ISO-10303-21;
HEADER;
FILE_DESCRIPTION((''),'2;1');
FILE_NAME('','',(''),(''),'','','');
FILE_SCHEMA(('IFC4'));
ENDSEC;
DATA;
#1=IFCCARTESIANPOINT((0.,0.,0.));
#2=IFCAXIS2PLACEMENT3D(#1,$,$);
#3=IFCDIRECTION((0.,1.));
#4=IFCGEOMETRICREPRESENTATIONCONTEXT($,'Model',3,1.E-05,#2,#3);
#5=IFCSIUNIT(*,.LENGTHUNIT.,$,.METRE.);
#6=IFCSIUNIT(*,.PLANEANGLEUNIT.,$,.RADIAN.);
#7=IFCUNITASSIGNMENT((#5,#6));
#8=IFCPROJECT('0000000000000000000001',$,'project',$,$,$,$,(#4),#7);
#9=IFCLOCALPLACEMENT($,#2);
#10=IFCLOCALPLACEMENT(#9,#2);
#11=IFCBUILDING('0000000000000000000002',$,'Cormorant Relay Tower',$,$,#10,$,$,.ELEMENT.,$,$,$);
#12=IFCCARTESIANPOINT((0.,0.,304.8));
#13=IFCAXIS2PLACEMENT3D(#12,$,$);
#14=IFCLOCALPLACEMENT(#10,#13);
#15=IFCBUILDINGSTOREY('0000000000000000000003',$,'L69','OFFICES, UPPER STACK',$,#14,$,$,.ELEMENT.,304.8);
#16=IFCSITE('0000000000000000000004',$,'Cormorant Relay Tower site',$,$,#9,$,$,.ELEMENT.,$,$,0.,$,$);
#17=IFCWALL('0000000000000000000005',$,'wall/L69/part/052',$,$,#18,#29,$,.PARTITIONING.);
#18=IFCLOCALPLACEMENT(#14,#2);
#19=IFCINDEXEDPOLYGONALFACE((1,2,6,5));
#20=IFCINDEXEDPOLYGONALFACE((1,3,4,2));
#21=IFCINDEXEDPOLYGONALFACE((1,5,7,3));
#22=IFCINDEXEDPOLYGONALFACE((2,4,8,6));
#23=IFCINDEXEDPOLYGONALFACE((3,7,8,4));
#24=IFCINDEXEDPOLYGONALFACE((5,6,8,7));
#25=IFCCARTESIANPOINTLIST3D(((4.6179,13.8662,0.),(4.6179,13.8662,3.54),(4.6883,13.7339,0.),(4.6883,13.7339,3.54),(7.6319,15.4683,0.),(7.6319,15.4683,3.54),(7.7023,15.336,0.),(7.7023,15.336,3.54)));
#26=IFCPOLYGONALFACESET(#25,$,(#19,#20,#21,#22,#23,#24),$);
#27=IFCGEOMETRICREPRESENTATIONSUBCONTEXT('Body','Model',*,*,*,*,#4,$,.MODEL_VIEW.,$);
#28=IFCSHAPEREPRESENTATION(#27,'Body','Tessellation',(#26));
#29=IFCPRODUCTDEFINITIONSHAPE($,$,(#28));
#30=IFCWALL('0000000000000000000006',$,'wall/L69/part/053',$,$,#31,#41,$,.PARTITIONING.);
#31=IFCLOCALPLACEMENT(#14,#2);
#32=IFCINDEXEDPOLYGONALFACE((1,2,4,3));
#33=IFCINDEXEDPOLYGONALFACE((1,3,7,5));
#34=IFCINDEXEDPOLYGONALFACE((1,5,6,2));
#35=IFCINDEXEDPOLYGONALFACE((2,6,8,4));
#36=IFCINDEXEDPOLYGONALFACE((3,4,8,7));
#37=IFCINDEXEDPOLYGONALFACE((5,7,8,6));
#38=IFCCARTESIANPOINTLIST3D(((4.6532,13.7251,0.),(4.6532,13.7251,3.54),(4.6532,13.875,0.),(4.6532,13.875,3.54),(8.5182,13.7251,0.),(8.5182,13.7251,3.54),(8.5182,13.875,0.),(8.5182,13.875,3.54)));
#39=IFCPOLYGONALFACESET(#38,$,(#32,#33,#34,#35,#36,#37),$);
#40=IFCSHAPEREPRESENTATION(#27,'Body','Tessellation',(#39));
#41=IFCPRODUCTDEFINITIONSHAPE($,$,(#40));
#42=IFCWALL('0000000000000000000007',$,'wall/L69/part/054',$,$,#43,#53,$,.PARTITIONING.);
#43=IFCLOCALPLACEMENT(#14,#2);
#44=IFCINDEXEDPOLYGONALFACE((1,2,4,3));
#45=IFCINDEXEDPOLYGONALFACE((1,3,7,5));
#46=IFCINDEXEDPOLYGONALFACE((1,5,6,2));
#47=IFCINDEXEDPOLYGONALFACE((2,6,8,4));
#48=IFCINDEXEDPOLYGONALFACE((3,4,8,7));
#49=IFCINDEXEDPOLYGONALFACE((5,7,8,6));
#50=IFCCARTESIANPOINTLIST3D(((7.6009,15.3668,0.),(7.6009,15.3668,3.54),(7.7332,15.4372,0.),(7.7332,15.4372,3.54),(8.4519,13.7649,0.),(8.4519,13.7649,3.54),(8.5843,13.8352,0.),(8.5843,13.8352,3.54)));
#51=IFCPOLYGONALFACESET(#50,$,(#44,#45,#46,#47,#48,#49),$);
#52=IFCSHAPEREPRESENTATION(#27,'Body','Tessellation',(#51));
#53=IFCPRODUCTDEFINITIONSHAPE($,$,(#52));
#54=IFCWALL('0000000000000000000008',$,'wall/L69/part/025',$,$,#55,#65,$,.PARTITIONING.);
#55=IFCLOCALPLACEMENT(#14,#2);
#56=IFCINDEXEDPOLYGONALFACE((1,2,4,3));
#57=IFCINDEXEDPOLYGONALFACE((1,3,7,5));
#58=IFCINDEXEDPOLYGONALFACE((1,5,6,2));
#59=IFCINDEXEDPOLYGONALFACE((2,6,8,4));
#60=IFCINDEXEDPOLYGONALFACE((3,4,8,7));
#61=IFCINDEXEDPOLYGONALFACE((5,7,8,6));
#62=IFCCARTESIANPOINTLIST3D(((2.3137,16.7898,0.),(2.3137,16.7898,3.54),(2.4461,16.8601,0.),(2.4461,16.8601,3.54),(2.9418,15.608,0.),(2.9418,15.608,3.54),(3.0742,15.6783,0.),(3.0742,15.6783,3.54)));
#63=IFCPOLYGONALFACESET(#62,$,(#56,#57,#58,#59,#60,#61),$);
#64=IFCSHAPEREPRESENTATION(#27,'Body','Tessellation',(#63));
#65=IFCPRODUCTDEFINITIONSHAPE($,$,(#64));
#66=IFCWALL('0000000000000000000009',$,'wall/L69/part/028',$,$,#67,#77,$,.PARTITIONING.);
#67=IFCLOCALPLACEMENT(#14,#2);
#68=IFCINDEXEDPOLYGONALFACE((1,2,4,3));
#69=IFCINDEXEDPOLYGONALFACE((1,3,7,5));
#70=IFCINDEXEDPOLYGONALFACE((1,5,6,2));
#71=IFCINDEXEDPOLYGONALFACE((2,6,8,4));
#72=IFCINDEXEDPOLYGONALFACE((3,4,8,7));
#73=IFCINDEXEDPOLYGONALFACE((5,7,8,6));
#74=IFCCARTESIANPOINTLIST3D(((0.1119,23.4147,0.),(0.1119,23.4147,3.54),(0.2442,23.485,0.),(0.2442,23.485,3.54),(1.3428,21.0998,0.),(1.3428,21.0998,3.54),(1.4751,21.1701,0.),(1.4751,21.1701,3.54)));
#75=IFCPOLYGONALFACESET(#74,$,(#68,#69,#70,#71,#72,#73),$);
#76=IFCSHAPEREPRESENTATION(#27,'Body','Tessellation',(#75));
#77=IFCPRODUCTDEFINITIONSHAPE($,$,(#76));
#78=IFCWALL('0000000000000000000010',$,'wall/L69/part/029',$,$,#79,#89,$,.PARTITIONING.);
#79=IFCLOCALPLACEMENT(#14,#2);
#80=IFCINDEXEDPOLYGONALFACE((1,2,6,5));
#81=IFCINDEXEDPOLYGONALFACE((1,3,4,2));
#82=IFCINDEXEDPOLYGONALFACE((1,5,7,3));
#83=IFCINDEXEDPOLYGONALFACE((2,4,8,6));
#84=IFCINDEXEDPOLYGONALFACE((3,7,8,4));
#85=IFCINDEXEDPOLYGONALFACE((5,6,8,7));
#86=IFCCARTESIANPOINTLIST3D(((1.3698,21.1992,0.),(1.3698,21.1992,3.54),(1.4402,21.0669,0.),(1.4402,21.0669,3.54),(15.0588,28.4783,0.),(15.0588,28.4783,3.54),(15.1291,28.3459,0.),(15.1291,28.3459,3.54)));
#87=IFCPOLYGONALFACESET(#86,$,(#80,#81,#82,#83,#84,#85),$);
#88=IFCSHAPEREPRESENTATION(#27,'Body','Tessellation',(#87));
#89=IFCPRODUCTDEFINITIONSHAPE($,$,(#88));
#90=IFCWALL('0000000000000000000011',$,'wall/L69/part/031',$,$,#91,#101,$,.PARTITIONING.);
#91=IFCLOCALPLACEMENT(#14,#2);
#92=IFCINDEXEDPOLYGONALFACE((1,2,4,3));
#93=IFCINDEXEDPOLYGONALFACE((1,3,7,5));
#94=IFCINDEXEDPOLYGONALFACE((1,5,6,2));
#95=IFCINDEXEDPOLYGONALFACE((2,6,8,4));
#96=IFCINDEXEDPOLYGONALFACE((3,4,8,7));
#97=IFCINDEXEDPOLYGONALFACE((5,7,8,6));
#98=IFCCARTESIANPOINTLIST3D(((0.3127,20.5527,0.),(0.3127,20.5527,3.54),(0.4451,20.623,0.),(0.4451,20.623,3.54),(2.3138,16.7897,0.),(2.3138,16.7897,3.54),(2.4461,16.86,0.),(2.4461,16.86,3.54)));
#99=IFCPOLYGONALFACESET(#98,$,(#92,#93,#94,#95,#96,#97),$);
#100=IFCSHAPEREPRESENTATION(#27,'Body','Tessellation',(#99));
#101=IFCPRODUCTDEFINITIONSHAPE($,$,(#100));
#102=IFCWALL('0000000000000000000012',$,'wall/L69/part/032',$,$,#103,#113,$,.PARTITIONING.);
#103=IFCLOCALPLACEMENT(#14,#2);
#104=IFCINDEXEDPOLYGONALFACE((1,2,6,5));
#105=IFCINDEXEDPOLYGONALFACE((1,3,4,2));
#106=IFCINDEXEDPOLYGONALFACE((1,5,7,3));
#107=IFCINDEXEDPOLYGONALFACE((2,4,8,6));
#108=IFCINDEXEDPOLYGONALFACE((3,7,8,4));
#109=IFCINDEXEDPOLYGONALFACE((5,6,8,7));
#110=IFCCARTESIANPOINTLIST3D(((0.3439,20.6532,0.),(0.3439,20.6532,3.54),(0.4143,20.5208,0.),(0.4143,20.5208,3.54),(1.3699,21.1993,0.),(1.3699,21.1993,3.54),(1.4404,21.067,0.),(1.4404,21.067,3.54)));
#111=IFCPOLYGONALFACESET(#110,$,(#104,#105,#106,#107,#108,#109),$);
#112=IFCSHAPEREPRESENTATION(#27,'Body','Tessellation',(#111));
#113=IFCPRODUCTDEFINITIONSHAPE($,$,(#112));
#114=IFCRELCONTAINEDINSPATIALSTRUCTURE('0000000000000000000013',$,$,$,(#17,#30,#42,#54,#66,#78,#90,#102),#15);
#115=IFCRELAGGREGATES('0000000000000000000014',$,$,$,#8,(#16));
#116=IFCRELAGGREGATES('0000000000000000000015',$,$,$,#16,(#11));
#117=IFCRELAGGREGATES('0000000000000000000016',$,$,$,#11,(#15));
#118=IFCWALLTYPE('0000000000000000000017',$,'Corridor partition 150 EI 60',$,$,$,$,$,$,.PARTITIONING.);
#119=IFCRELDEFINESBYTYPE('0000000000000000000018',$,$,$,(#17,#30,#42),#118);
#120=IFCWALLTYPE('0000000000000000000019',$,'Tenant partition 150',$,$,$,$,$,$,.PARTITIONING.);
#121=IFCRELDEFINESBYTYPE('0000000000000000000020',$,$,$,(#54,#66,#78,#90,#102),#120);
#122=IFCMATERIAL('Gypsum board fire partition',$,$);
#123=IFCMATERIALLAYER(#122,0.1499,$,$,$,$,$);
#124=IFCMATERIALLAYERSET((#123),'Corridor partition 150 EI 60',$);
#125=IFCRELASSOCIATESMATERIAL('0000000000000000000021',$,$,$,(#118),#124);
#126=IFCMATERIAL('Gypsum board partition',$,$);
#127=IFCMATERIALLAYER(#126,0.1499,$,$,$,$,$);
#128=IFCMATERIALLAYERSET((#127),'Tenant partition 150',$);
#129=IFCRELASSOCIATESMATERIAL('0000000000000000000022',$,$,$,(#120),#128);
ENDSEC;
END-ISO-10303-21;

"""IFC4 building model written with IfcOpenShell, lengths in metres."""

from ifc_helpers import new_model, si_unit, direction, frame, frame_2d, origin, place, context, subcontext, project, spatial, rectangle, extrude, material, layer, layer_set, type_object, element, save


model = new_model("IFC4")

# Units and contexts
model_context = context("Model", 3, precision=1e-05, world=origin(), true_north=direction((0.0, 1.0)))
body_context = subcontext(model_context, "Body", "Model", "MODEL_VIEW")
ifc_project = project(units=[si_unit("LENGTHUNIT", "METRE"), si_unit("PLANEANGLEUNIT", "RADIAN")], contexts=[model_context])

# Site, building, storey
site_placement = place(None, origin())
site = spatial("IfcSite", under=ifc_project, at=site_placement, Name="Cormorant Relay Tower site", CompositionType="ELEMENT", RefElevation=0.0)
building_placement = place(site_placement, origin())
building = spatial("IfcBuilding", under=site, at=building_placement, Name="Cormorant Relay Tower", CompositionType="ELEMENT")
storey_placement = place(building_placement, frame((0.0, 0.0, 304.8)))
storey = spatial("IfcBuildingStorey", under=building, at=storey_placement, Name="L69", Description="OFFICES, UPPER STACK", CompositionType="ELEMENT", Elevation=304.8)

# Shared definitions
ifc_material_1 = material(Name="Gypsum board fire partition")
ifc_layer_1 = layer(ifc_material_1, 0.1499)
ifc_layer_set_1 = layer_set([ifc_layer_1], Name="Corridor partition 150 EI 60")
wall_type_1 = type_object("IfcWallType", Name="Corridor partition 150 EI 60", PredefinedType="PARTITIONING", material=ifc_layer_set_1)

# Walls
wall_1_placement = place(storey_placement, frame((7.667, 15.4021, 0.0), z_axis=(0.0, 0.0, 1.0), x_axis=(-0.883005, -0.469363, 0.0)))
element("IfcWall", 1, at=wall_1_placement, inside=storey, type_object=wall_type_1, Name="wall/L69/part/052", PredefinedType="PARTITIONING", context=body_context, shape_type="SweptSolid", body=[
    extrude(rectangle(XDim=3.4133, YDim=0.1499, at=frame_2d((1.7065, 0.0))), origin(), (0.0, 0.0, 1.0), 3.54),
])
wall_2_placement = place(storey_placement, frame((4.6531, 13.8, 0.0), z_axis=(0.0, 0.0, 1.0), x_axis=(1.0, 0.0, 0.0)))
element("IfcWall", 2, at=wall_2_placement, inside=storey, type_object=wall_type_1, Name="wall/L69/part/053", PredefinedType="PARTITIONING", context=body_context, shape_type="SweptSolid", body=[
    extrude(rectangle(XDim=3.865, YDim=0.1499, at=frame_2d((1.9326, 0.0))), origin(), (0.0, 0.0, 1.0), 3.54),
])
wall_3_placement = place(storey_placement, frame((8.5181, 13.8, 0.0), z_axis=(0.0, 0.0, 1.0), x_axis=(-0.469149, 0.883119, 0.0)))
element("IfcWall", 3, at=wall_3_placement, inside=storey, type_object=wall_type_1, Name="wall/L69/part/054", PredefinedType="PARTITIONING", context=body_context, shape_type="SweptSolid", body=[
    extrude(rectangle(XDim=1.814, YDim=0.1499, at=frame_2d((0.907, 0.0))), origin(), (0.0, 0.0, 1.0), 3.54),
])
ifc_material_2 = material(Name="Gypsum board partition")
ifc_layer_2 = layer(ifc_material_2, 0.1499)
ifc_layer_set_2 = layer_set([ifc_layer_2], Name="Tenant partition 150")
wall_type_2 = type_object("IfcWallType", Name="Tenant partition 150", PredefinedType="PARTITIONING", material=ifc_layer_set_2)
wall_4_placement = place(storey_placement, frame((2.3799, 16.825, 0.0), z_axis=(0.0, 0.0, 1.0), x_axis=(0.469329, -0.883024, 0.0)))
element("IfcWall", 4, at=wall_4_placement, inside=storey, type_object=wall_type_2, Name="wall/L69/part/025", PredefinedType="PARTITIONING", context=body_context, shape_type="SweptSolid", body=[
    extrude(rectangle(XDim=1.3384, YDim=0.1499, at=frame_2d((0.6692, 0.0))), origin(), (0.0, 0.0, 1.0), 3.54),
])
wall_5_placement = place(storey_placement, frame((0.178, 23.45, 0.0), z_axis=(0.0, 0.0, 1.0), x_axis=(0.469496, -0.882935, 0.0)))
element("IfcWall", 5, at=wall_5_placement, inside=storey, type_object=wall_type_2, Name="wall/L69/part/028", PredefinedType="PARTITIONING", context=body_context, shape_type="SweptSolid", body=[
    extrude(rectangle(XDim=2.6218, YDim=0.1499, at=frame_2d((1.311, 0.0))), origin(), (0.0, 0.0, 1.0), 3.54),
])
wall_6_placement = place(storey_placement, frame((1.405, 21.1331, 0.0), z_axis=(0.0, 0.0, 1.0), x_axis=(0.882934, 0.469497, 0.0)))
element("IfcWall", 6, at=wall_6_placement, inside=storey, type_object=wall_type_2, Name="wall/L69/part/029", PredefinedType="PARTITIONING", context=body_context, shape_type="SweptSolid", body=[
    extrude(rectangle(XDim=15.5039, YDim=0.1499, at=frame_2d((7.752, 0.0))), origin(), (0.0, 0.0, 1.0), 3.54),
])
wall_7_placement = place(storey_placement, frame((2.3799, 16.825, 0.0), z_axis=(0.0, 0.0, 1.0), x_axis=(-0.469506, 0.882929, 0.0)))
element("IfcWall", 7, at=wall_7_placement, inside=storey, type_object=wall_type_2, Name="wall/L69/part/031", PredefinedType="PARTITIONING", context=body_context, shape_type="SweptSolid", body=[
    extrude(rectangle(XDim=4.262, YDim=0.1499, at=frame_2d((2.1309, 0.0))), origin(), (0.0, 0.0, 1.0), 3.54),
])
wall_8_placement = place(storey_placement, frame((1.405, 21.1331, 0.0), z_axis=(0.0, 0.0, 1.0), x_axis=(-0.882754, -0.469836, 0.0)))
element("IfcWall", 8, at=wall_8_placement, inside=storey, type_object=wall_type_2, Name="wall/L69/part/032", PredefinedType="PARTITIONING", context=body_context, shape_type="SweptSolid", body=[
    extrude(rectangle(XDim=1.1624, YDim=0.1499, at=frame_2d((0.5811, 0.0))), origin(), (0.0, 0.0, 1.0), 3.54),
])

save(model, "model.ifc")
